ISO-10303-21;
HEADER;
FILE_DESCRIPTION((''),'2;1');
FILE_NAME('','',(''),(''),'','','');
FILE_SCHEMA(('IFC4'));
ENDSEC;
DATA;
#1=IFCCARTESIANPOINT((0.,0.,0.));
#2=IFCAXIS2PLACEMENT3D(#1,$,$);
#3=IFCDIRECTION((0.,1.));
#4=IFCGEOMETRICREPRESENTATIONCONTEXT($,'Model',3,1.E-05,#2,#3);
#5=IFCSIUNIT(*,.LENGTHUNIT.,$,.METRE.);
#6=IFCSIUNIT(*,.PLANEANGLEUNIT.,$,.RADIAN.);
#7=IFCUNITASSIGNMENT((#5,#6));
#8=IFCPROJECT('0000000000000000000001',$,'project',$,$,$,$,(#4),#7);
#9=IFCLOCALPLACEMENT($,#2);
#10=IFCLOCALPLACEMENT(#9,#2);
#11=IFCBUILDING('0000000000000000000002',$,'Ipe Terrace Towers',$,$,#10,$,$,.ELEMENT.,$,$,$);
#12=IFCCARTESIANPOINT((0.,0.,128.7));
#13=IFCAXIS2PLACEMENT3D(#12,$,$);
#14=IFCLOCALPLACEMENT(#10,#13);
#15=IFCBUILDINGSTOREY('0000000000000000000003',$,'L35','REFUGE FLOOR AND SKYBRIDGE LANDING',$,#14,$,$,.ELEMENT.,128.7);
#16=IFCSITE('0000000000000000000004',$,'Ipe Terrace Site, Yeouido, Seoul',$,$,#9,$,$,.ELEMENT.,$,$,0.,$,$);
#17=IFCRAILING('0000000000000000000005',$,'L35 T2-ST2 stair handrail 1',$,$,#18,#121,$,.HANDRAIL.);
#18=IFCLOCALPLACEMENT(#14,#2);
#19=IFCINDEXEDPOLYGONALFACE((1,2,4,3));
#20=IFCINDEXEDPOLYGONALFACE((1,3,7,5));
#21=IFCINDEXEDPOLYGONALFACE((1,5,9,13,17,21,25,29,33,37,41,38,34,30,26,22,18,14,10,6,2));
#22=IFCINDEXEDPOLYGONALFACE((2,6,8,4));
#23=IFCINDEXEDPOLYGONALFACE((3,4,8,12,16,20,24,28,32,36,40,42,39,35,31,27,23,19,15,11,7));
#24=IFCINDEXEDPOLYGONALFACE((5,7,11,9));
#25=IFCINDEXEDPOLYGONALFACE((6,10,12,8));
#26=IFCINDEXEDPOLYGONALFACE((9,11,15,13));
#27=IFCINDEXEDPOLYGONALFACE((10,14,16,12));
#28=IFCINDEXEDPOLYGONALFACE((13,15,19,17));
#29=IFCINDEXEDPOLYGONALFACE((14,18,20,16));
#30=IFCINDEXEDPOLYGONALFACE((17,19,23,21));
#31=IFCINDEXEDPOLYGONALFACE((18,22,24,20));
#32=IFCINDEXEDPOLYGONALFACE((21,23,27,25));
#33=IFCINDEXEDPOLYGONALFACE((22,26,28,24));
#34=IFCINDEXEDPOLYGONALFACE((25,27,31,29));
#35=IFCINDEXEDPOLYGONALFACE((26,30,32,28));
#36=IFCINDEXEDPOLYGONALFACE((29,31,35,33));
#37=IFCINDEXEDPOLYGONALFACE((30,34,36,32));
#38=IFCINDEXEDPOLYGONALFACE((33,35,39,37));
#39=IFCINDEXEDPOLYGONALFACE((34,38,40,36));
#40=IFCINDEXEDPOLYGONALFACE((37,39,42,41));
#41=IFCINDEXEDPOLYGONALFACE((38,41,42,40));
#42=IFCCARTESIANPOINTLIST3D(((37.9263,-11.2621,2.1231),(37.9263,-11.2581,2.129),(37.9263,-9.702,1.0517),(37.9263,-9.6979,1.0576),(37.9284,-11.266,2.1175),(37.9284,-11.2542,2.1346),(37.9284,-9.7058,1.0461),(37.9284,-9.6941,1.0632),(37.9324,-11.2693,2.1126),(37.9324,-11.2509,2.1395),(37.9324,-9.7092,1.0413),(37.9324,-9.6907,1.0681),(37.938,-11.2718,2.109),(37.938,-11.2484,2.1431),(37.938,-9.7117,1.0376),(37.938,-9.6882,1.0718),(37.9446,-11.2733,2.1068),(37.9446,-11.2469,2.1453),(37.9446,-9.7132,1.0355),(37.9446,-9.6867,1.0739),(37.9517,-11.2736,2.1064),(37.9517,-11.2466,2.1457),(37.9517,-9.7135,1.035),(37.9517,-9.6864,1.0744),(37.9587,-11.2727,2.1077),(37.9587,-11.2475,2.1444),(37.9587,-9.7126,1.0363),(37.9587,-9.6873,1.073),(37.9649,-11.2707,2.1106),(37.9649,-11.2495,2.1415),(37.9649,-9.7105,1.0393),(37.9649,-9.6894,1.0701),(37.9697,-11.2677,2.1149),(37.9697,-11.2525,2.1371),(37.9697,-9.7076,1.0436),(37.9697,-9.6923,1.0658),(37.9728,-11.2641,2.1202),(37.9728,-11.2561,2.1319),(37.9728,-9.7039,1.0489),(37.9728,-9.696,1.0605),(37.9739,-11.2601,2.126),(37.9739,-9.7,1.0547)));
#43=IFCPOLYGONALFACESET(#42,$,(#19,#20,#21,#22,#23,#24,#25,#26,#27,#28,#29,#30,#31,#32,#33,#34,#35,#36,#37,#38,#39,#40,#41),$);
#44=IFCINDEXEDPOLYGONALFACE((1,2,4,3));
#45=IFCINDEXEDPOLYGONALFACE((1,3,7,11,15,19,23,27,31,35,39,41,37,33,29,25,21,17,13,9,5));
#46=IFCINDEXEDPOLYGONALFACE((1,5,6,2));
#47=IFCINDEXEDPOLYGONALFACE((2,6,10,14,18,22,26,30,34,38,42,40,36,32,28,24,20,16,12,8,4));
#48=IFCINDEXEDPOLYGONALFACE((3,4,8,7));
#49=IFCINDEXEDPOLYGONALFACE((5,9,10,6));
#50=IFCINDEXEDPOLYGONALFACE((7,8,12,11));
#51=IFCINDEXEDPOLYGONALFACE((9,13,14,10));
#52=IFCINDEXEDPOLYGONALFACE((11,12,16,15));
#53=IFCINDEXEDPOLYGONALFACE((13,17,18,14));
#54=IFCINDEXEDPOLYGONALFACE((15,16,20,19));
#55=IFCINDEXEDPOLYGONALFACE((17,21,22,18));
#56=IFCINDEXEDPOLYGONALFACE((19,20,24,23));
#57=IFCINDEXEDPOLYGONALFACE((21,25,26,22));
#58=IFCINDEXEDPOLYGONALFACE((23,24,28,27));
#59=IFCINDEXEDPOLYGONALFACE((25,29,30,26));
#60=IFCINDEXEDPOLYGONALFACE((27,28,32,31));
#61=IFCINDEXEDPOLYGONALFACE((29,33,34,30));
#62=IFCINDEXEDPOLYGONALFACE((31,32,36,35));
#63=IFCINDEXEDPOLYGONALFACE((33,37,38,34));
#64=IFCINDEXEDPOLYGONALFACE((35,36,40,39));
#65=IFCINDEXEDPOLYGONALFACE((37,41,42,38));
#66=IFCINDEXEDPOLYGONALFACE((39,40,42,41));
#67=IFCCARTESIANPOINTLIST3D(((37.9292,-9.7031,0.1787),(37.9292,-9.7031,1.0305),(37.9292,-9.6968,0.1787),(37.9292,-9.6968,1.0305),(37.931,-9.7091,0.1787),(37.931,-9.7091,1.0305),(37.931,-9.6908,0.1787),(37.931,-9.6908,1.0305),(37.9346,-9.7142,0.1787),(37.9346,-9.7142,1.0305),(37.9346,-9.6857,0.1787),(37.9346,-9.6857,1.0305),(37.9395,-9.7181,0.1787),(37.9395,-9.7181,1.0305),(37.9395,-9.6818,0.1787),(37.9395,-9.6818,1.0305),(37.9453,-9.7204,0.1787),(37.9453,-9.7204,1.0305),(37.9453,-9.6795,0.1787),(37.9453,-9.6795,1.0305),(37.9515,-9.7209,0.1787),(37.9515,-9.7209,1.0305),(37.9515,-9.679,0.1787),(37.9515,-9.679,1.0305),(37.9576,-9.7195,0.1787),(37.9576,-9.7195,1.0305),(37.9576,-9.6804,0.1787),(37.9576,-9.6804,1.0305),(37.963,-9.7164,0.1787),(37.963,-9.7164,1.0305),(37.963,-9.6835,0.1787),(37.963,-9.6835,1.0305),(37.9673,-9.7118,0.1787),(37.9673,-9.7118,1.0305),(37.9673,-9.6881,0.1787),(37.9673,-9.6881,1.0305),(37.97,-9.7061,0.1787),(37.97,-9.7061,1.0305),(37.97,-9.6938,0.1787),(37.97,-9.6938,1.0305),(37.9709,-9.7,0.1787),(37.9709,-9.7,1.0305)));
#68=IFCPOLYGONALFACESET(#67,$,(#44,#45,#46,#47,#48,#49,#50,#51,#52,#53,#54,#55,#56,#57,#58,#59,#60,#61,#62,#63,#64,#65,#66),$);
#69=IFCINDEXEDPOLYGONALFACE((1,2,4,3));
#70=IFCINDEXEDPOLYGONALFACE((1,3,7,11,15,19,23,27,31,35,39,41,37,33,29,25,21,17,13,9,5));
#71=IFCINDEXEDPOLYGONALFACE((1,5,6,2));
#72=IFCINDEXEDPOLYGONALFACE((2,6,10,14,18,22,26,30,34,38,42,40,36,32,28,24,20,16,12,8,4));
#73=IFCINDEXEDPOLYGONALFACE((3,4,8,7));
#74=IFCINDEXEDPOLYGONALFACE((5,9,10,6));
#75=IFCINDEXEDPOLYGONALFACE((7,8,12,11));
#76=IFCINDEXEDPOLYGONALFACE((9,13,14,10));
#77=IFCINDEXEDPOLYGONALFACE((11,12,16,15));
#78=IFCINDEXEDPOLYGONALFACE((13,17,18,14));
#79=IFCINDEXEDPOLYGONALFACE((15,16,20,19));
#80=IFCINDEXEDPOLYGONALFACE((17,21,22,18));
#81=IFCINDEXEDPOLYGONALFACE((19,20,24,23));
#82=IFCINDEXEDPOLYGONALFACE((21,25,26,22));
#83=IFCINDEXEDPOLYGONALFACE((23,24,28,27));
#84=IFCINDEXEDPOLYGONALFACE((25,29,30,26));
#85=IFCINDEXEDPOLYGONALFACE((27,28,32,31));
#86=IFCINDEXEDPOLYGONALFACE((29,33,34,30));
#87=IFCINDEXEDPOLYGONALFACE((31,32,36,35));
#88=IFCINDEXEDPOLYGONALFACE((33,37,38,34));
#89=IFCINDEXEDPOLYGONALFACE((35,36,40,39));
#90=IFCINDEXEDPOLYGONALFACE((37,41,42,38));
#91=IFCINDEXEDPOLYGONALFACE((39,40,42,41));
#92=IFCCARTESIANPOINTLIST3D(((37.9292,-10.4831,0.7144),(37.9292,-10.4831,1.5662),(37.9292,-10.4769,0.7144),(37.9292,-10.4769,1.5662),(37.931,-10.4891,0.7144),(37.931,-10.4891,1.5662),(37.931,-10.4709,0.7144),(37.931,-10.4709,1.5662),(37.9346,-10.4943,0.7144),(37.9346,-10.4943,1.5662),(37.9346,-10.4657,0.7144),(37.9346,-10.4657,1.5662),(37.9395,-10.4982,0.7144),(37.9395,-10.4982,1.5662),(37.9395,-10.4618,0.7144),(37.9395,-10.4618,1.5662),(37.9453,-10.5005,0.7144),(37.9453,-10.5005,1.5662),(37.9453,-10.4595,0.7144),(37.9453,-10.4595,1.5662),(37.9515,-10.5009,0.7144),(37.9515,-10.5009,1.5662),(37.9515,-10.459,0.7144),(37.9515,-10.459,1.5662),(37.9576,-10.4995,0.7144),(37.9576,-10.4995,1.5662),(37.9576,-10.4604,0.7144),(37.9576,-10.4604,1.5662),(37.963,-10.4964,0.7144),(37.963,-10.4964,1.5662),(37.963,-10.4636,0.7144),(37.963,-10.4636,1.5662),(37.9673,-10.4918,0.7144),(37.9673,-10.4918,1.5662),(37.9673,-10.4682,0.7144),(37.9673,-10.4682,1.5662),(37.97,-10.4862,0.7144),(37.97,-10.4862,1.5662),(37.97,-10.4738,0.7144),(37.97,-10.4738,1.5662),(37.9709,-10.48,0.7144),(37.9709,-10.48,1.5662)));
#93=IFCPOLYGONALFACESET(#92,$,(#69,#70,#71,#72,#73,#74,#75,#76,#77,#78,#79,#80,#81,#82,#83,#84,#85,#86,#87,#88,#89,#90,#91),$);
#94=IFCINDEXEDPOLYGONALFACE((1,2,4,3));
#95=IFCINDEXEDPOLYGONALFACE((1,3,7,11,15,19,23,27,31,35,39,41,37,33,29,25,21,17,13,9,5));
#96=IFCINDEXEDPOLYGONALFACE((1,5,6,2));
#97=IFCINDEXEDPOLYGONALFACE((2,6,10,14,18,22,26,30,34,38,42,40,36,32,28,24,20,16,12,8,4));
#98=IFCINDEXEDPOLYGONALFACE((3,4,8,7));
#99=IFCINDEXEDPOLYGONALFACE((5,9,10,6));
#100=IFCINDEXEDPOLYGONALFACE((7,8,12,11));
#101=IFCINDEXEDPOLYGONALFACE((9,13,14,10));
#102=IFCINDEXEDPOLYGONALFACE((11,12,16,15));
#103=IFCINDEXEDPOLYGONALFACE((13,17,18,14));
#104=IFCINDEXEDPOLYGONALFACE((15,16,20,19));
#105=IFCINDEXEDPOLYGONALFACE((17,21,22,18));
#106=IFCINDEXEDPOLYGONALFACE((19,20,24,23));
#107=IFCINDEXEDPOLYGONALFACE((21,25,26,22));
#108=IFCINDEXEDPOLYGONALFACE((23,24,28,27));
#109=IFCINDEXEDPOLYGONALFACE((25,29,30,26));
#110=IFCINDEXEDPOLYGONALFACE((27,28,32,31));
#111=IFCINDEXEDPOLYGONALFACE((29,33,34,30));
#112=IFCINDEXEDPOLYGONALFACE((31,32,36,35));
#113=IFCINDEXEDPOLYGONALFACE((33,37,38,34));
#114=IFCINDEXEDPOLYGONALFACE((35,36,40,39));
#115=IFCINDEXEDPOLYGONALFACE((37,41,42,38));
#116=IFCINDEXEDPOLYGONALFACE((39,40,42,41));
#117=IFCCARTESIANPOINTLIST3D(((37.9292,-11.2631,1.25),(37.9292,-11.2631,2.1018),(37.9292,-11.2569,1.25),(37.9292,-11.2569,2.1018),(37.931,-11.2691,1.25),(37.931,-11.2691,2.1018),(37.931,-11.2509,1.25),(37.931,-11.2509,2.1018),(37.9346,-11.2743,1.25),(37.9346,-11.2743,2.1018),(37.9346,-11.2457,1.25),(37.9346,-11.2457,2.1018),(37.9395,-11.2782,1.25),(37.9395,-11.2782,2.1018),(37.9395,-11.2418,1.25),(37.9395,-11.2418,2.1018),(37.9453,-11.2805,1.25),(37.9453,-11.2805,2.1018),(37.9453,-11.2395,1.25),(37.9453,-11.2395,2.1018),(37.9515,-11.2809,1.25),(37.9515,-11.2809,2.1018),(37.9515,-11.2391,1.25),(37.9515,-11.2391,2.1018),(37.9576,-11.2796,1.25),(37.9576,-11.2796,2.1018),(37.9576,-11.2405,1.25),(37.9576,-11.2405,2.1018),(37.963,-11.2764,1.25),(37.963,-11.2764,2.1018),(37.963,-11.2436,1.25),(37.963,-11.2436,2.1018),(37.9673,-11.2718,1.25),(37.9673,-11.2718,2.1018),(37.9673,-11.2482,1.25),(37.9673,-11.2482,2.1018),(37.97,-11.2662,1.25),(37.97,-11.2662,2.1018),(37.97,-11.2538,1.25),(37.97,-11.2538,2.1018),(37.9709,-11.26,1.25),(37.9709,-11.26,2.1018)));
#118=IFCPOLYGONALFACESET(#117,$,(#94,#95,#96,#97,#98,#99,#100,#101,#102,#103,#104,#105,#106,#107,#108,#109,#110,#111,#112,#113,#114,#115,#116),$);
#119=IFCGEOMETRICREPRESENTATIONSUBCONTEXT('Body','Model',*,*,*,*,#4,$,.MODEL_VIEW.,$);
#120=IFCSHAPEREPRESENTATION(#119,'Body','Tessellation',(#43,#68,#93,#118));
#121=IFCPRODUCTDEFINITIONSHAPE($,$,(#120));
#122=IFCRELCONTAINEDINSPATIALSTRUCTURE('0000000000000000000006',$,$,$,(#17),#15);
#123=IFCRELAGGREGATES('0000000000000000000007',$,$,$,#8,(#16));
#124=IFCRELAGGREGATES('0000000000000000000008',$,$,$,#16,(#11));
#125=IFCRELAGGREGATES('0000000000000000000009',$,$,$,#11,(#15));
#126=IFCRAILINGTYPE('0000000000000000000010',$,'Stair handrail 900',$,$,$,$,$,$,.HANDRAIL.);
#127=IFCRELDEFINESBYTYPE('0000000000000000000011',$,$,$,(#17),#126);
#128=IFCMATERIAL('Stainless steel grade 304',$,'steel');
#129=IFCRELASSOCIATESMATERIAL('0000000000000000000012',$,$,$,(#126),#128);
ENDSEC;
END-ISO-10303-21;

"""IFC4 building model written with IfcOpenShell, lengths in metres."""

from ifc_helpers import new_model, si_unit, direction, frame, origin, origin_2d, place, context, subcontext, project, spatial, circle, extrude, material, type_object, element, save


model = new_model("IFC4")

# Units and contexts
model_context = context("Model", 3, precision=1e-05, world=origin(), true_north=direction((0.0, 1.0)))
body_context = subcontext(model_context, "Body", "Model", "MODEL_VIEW")
ifc_project = project(units=[si_unit("LENGTHUNIT", "METRE"), si_unit("PLANEANGLEUNIT", "RADIAN")], contexts=[model_context])

# Site, building, storey
site_placement = place(None, origin())
site = spatial("IfcSite", under=ifc_project, at=site_placement, Name="Ipe Terrace Site, Yeouido, Seoul", CompositionType="ELEMENT", RefElevation=0.0)
building_placement = place(site_placement, origin())
building = spatial("IfcBuilding", under=site, at=building_placement, Name="Ipe Terrace Towers", CompositionType="ELEMENT")
storey_placement = place(building_placement, frame((0.0, 0.0, 128.7)))
storey = spatial("IfcBuildingStorey", under=building, at=storey_placement, Name="L35", Description="REFUGE FLOOR AND SKYBRIDGE LANDING", CompositionType="ELEMENT", Elevation=128.7)

# Railing
ifc_material_1 = material(Name="Stainless steel grade 304", Category="steel")
railing_type_1 = type_object("IfcRailingType", Name="Stair handrail 900", PredefinedType="HANDRAIL", material=ifc_material_1)
railing_1_placement = place(storey_placement, frame((37.95, -9.7, 0.1787)))
element("IfcRailing", 1, at=railing_1_placement, inside=storey, type_object=railing_type_1, Name="L35 T2-ST2 stair handrail 1", PredefinedType="HANDRAIL", context=body_context, shape_type="SweptSolid", body=[
    extrude(circle(Radius=0.0239, at=origin_2d()), frame((0.0, 0.0, 0.876), z_axis=(0.0, -0.82435, 0.56608), x_axis=(1.0, 0.0, 0.0)), (0.0, 0.0, 1.0), 1.8926),
    extrude(circle(Radius=0.021, at=origin_2d()), origin(), (0.0, 0.0, 1.0), 0.8518),
    extrude(circle(Radius=0.021, at=origin_2d()), frame((0.0, -0.78, 0.5356)), (0.0, 0.0, 1.0), 0.8518),
    extrude(circle(Radius=0.021, at=origin_2d()), frame((0.0, -1.5601, 1.0713)), (0.0, 0.0, 1.0), 0.8518),
])

save(model, "model.ifc")
